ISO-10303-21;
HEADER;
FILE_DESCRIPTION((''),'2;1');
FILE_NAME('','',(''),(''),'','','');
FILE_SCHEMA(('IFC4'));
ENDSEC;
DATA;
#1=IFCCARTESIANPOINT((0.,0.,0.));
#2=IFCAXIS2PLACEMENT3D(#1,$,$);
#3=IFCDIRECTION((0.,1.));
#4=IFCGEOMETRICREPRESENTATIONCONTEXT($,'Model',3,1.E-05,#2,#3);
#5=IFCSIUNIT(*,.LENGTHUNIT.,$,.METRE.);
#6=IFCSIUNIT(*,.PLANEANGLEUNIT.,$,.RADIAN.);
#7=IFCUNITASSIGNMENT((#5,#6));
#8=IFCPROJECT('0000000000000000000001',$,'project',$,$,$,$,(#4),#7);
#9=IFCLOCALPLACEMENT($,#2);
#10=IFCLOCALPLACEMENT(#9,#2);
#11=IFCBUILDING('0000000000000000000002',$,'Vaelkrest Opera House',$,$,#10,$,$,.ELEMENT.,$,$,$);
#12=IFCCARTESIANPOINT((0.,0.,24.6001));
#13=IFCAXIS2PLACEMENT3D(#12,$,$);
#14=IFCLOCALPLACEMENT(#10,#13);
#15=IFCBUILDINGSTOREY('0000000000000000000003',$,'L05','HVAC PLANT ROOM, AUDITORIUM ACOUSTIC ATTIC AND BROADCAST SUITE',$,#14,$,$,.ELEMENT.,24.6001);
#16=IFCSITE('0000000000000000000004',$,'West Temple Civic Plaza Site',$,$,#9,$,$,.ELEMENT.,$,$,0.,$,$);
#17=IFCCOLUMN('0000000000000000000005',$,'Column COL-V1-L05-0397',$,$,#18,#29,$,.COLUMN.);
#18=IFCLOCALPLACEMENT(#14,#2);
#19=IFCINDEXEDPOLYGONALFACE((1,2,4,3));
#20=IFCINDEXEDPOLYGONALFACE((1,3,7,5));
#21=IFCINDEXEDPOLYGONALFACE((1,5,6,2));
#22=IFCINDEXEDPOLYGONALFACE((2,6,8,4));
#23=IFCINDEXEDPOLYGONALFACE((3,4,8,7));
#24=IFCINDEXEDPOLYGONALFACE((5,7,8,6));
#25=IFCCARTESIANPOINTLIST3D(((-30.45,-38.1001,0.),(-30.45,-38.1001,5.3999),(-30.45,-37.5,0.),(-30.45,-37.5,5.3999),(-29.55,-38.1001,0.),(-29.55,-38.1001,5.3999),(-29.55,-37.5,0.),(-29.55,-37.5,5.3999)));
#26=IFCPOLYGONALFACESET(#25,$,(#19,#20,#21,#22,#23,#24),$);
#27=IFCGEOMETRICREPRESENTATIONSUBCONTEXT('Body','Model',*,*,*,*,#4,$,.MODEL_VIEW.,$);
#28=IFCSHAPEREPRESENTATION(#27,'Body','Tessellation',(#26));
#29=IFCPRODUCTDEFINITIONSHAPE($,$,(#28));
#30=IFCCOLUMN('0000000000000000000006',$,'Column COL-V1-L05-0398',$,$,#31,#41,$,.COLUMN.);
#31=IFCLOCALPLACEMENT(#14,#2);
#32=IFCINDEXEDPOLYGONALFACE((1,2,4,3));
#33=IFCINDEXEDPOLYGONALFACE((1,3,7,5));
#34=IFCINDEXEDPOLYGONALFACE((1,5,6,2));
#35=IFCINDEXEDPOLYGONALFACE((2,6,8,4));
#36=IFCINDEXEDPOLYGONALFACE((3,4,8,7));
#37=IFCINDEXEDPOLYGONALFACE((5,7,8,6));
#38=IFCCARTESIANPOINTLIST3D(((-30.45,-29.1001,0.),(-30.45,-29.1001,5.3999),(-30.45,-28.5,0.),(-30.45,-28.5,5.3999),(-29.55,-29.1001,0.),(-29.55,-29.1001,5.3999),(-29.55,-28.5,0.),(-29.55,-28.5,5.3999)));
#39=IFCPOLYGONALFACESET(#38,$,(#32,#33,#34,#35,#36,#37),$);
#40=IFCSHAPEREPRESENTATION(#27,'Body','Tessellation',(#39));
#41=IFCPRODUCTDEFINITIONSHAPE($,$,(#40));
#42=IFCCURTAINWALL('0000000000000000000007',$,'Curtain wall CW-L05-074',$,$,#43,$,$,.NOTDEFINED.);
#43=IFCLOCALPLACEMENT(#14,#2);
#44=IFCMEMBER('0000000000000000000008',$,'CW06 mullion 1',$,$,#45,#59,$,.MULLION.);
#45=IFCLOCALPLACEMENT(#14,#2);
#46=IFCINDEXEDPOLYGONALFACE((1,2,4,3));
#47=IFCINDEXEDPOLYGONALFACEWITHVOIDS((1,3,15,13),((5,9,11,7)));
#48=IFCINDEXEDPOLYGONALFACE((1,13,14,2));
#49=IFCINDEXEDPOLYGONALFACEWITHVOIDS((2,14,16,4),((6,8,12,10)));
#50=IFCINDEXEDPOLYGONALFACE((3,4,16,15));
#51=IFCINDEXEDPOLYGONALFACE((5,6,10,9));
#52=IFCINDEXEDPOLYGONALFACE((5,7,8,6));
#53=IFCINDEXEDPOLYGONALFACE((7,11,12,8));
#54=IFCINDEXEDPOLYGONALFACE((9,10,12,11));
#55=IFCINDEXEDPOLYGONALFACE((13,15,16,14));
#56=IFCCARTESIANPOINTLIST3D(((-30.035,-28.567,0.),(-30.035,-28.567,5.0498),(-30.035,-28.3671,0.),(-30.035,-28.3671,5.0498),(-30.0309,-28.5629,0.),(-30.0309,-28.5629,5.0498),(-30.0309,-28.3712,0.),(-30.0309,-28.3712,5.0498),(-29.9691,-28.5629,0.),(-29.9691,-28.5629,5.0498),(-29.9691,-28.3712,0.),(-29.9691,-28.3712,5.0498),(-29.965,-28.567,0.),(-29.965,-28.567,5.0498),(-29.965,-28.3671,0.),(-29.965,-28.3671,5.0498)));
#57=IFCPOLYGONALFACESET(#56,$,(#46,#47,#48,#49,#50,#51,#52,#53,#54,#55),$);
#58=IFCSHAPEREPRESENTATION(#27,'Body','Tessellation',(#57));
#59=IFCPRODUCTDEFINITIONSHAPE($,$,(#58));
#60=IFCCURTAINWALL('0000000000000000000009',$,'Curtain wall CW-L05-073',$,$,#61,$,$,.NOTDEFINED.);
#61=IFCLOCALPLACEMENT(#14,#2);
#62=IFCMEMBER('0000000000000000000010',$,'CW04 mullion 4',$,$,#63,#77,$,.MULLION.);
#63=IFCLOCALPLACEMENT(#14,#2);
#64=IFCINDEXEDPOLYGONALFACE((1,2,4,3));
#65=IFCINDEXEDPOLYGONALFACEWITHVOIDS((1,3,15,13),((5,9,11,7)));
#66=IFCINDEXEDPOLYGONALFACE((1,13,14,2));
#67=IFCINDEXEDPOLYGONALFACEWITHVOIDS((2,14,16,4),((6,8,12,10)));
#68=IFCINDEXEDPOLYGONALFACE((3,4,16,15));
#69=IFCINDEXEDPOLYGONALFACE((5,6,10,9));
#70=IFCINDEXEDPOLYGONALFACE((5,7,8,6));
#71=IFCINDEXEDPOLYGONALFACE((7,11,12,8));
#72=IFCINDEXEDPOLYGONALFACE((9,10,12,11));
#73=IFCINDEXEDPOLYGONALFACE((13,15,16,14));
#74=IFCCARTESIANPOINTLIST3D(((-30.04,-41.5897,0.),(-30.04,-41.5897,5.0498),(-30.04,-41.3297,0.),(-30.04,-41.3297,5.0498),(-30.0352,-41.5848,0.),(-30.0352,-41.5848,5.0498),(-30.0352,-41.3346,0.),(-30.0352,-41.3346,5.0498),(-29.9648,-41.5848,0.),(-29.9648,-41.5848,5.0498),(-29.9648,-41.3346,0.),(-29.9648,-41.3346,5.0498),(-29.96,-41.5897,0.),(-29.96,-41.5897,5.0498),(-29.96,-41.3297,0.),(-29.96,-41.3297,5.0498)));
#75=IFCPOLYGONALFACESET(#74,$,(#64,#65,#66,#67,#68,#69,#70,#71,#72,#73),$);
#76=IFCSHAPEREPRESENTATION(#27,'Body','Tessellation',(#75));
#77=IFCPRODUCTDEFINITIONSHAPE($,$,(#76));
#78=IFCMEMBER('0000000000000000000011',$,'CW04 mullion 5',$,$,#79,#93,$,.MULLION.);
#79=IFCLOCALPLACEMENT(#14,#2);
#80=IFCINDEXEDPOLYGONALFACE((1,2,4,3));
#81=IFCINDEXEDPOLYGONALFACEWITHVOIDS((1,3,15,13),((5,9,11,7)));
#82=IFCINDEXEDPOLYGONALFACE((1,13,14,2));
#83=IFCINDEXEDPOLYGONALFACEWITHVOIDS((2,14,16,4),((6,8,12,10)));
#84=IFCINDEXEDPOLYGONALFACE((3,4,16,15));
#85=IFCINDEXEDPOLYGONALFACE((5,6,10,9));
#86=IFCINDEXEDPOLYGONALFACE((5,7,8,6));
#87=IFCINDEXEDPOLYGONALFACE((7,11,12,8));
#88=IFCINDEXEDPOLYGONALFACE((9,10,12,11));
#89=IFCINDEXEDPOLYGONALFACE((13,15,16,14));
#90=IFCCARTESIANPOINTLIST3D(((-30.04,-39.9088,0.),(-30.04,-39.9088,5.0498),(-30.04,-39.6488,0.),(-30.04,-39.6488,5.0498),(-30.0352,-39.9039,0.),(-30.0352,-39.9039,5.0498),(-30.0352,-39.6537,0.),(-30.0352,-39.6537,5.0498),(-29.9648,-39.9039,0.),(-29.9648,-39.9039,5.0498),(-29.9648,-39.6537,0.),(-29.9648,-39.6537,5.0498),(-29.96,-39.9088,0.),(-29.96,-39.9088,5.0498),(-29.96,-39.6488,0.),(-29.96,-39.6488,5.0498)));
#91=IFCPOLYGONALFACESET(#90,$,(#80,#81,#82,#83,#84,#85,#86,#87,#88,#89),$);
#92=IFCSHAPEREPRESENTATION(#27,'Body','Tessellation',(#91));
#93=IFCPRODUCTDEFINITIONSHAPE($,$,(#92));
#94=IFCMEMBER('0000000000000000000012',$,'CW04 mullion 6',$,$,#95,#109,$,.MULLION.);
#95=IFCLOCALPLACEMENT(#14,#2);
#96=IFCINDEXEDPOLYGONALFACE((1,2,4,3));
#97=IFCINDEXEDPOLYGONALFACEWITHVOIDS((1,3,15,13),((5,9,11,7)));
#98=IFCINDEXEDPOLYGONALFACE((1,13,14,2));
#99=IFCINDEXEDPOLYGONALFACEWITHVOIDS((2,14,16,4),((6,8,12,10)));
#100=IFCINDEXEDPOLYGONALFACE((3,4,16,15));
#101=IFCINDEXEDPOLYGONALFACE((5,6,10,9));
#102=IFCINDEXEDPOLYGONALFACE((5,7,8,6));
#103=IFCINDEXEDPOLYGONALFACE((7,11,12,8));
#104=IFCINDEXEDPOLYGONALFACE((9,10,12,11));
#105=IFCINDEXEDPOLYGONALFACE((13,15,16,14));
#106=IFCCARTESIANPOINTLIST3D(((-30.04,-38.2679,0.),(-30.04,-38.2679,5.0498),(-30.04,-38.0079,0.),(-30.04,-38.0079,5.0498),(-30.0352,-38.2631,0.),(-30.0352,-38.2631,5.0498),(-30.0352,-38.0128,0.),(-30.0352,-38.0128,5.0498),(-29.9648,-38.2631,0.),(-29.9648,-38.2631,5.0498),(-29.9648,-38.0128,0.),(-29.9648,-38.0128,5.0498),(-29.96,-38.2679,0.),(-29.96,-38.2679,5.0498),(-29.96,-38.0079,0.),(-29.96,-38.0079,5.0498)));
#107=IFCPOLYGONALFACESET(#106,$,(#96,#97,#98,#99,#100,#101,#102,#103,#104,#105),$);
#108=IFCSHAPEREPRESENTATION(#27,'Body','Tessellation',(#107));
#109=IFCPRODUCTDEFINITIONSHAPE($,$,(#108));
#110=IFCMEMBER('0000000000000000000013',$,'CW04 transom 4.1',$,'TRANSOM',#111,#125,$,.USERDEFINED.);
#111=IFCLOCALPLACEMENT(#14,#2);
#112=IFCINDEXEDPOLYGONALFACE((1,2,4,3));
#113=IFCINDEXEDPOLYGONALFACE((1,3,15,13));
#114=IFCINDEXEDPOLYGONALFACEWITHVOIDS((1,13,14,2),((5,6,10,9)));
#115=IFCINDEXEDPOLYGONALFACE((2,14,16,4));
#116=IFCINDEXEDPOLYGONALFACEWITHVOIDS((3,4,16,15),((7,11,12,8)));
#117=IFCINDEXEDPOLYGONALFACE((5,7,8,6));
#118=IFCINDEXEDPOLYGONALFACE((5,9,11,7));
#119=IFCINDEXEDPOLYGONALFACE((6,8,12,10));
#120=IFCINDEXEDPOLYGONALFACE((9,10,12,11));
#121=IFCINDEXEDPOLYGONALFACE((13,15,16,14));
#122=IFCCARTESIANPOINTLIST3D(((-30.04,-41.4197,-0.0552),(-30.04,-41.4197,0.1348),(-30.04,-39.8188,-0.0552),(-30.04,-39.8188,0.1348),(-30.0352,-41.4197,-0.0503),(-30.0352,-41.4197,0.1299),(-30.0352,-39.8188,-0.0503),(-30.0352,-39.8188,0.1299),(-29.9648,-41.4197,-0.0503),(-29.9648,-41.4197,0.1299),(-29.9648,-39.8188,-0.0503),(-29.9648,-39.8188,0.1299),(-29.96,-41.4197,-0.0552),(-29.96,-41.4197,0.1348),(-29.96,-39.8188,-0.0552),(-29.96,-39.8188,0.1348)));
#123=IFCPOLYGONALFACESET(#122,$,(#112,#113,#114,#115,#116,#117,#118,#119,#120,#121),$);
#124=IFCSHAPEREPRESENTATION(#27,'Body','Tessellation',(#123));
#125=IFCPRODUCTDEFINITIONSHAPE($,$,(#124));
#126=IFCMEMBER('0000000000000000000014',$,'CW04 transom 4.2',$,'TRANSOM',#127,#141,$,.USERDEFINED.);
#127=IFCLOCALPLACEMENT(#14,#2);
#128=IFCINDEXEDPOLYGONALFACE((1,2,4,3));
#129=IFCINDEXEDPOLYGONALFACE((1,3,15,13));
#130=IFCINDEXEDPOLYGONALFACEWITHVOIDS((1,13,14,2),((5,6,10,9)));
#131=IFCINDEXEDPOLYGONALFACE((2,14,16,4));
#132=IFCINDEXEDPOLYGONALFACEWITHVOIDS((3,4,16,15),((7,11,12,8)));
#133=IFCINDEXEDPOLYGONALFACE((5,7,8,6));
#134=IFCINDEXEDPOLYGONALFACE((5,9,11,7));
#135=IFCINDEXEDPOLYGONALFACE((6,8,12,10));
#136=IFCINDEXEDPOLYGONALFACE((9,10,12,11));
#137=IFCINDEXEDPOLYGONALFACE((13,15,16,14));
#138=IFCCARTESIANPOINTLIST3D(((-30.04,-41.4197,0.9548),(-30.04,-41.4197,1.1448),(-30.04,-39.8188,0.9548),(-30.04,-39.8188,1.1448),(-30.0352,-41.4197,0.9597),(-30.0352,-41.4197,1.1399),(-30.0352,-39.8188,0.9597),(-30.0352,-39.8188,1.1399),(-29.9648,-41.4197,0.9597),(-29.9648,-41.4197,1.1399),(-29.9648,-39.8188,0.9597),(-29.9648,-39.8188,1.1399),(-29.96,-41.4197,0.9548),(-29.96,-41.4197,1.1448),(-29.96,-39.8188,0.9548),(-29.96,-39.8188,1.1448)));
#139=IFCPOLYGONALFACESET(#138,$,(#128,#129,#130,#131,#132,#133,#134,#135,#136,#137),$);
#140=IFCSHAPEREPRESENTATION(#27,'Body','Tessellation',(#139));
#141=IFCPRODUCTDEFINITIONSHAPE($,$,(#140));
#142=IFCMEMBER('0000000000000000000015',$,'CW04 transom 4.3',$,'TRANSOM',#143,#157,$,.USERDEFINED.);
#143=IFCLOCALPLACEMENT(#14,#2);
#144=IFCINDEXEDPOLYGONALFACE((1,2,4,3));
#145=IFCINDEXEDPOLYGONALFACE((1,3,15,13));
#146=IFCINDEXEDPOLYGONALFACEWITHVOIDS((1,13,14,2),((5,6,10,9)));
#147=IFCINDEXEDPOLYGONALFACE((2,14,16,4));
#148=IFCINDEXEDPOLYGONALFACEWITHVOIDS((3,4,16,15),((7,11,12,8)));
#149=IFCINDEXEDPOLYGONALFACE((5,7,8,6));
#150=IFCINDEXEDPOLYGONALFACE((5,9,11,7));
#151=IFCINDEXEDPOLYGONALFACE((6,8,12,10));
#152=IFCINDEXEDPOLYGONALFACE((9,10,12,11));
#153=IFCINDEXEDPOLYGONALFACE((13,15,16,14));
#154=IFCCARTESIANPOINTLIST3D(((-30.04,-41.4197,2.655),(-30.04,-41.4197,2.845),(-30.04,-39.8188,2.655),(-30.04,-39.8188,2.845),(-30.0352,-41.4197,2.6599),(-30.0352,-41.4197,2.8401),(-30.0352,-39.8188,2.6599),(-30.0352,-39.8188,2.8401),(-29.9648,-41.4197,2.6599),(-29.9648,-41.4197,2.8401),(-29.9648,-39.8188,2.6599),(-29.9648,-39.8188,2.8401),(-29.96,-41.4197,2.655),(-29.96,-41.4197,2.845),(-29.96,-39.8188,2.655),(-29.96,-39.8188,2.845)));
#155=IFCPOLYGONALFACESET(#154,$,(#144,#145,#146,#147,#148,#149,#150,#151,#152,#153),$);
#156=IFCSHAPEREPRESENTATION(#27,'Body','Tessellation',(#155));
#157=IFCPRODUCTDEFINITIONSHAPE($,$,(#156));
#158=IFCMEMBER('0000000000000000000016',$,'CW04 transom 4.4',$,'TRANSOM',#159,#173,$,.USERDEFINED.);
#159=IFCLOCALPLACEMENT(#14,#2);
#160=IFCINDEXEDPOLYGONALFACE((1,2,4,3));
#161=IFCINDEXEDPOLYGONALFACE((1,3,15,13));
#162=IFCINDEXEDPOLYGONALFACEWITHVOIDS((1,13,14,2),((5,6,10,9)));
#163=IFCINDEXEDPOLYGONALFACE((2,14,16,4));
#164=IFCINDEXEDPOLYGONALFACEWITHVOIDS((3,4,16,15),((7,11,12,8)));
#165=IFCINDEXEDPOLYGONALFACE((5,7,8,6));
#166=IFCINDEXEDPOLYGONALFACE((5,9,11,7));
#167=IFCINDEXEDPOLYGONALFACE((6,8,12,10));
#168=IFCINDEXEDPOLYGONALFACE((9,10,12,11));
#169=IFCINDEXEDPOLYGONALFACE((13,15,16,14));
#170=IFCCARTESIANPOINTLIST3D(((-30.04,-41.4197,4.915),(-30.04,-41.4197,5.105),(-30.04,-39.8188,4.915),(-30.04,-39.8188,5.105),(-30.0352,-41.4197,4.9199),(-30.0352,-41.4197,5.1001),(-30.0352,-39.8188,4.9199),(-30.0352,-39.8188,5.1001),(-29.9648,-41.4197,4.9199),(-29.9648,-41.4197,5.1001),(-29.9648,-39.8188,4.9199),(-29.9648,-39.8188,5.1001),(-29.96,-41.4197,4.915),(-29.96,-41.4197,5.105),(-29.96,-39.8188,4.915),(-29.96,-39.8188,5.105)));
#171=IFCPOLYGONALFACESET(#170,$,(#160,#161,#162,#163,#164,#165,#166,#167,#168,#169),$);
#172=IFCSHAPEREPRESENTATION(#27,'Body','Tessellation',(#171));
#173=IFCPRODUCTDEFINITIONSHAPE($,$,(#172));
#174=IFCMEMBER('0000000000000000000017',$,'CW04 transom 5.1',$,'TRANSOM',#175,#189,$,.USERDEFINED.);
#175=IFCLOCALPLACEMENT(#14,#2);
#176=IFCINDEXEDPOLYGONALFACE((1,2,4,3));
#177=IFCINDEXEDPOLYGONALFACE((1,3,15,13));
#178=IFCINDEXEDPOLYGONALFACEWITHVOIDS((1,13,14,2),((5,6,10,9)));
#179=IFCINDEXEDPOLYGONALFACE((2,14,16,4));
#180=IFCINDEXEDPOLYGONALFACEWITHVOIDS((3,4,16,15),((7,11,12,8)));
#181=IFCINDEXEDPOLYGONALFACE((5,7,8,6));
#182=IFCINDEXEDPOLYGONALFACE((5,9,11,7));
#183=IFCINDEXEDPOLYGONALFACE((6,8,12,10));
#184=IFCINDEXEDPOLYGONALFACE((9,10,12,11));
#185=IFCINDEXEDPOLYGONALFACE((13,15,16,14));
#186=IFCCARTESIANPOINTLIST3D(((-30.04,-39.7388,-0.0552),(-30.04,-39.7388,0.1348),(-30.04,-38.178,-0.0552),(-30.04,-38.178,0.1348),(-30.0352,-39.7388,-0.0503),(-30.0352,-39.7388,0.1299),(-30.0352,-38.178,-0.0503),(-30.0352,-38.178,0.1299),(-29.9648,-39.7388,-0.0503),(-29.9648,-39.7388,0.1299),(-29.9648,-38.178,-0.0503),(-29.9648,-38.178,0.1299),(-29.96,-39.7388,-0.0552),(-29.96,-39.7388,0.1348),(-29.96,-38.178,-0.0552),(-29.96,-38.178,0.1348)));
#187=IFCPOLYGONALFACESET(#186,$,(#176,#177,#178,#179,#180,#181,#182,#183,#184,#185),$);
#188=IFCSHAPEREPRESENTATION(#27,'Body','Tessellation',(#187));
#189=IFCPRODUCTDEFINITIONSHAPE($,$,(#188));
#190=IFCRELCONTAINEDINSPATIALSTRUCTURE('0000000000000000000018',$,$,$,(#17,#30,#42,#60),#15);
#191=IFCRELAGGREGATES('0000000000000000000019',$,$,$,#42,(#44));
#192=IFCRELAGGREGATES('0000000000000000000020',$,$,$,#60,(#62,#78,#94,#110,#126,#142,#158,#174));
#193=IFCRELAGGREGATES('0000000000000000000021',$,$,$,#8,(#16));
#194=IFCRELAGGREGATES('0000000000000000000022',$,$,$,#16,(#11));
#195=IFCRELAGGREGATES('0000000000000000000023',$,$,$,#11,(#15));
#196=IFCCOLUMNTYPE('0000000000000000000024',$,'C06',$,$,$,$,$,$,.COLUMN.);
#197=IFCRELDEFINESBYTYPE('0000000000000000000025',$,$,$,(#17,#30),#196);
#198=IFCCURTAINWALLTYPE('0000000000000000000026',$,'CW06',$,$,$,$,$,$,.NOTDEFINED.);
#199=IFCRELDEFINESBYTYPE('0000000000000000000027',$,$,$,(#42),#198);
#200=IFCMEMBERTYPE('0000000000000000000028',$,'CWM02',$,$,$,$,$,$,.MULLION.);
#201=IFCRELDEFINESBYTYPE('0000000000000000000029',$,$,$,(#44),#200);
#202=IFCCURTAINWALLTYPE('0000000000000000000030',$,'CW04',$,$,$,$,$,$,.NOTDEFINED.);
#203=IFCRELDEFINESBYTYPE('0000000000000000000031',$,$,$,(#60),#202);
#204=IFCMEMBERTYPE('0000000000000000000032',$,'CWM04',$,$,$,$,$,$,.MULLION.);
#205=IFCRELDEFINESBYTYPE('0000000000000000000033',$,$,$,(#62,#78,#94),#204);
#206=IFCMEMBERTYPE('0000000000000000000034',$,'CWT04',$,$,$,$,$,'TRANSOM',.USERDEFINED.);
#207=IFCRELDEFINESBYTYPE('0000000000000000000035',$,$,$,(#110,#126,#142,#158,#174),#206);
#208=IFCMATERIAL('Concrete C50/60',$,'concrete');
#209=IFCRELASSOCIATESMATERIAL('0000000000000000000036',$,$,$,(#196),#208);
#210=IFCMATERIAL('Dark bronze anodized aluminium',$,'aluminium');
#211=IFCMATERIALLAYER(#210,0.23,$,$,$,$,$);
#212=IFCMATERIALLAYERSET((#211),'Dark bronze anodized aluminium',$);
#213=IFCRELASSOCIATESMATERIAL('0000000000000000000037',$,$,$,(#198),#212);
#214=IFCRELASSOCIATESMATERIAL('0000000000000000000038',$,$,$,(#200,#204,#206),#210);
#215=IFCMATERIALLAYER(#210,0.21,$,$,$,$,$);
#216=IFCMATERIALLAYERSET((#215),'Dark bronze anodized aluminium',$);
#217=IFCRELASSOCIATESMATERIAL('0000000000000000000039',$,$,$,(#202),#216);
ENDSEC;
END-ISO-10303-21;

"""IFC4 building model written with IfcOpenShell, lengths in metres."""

from ifc_helpers import new_model, si_unit, direction, frame, origin, origin_2d, place, context, subcontext, project, spatial, rectangle, hollow_rectangle, extrude, material, layer, layer_set, material_profile, profile_set, type_object, element, aggregate, save


model = new_model("IFC4")

# Units and contexts
model_context = context("Model", 3, precision=1e-05, world=origin(), true_north=direction((0.0, 1.0)))
body_context = subcontext(model_context, "Body", "Model", "MODEL_VIEW")
ifc_project = project(units=[si_unit("LENGTHUNIT", "METRE"), si_unit("PLANEANGLEUNIT", "RADIAN")], contexts=[model_context])

# Site, building, storey
site_placement = place(None, origin())
site = spatial("IfcSite", under=ifc_project, at=site_placement, Name="West Temple Civic Plaza Site", CompositionType="ELEMENT", RefElevation=0.0)
building_placement = place(site_placement, origin())
building = spatial("IfcBuilding", under=site, at=building_placement, Name="Vaelkrest Opera House", CompositionType="ELEMENT")
storey_placement = place(building_placement, frame((0.0, 0.0, 24.6001)))
storey = spatial("IfcBuildingStorey", under=building, at=storey_placement, Name="L05", Description="HVAC PLANT ROOM, AUDITORIUM ACOUSTIC ATTIC AND BROADCAST SUITE", CompositionType="ELEMENT", Elevation=24.6001)

# Columns
ifc_material_1 = material(Name="Concrete C50/60", Category="concrete")
ifc_material_profile_1 = material_profile(ifc_material_1, rectangle(XDim=0.6001, YDim=0.8999, at=origin_2d()), Name="RC600X900")
ifc_profile_set_1 = profile_set([ifc_material_profile_1], Name="Concrete C50/60")
column_type = type_object("IfcColumnType", Name="C06", PredefinedType="COLUMN", material=ifc_profile_set_1)
for number, where, z_axis, x_axis, name in (
    (1, (-30.0, -37.8, 0.0), (0.0, 0.0, 1.0), (0.0, 1.0, 0.0), "Column COL-V1-L05-0397"),
    (2, (-30.0, -28.8, 0.0), (0.0, 0.0, 1.0), (0.0, 1.0, 0.0), "Column COL-V1-L05-0398"),
):
    element("IfcColumn", number, at=place(storey_placement, frame(where, z_axis=z_axis, x_axis=x_axis)), inside=storey, type_object=column_type, Name=name, PredefinedType="COLUMN", context=body_context, shape_type="SweptSolid", body=[
        extrude(rectangle(XDim=0.6001, YDim=0.8999, at=origin_2d()), origin(), (0.0, 0.0, 1.0), 5.3999),
    ])

# Curtain wall, member
ifc_material_2 = material(Name="Dark bronze anodized aluminium", Category="aluminium")
ifc_layer_1 = layer(ifc_material_2, 0.23)
ifc_layer_set_1 = layer_set([ifc_layer_1], Name="Dark bronze anodized aluminium")
curtain_wall_type_1 = type_object("IfcCurtainWallType", Name="CW06", PredefinedType="NOTDEFINED", material=ifc_layer_set_1)
curtain_wall_1_placement = place(storey_placement, origin())
curtain_wall_1 = element("IfcCurtainWall", 3, at=curtain_wall_1_placement, inside=storey, type_object=curtain_wall_type_1, Name="Curtain wall CW-L05-074", PredefinedType="NOTDEFINED")
ifc_material_profile_2 = material_profile(ifc_material_2, hollow_rectangle(XDim=0.0701, YDim=0.2, WallThickness=0.0042, at=origin_2d()), Name="CWM70X200")
ifc_profile_set_2 = profile_set([ifc_material_profile_2], Name="Dark bronze anodized aluminium")
member_type_1 = type_object("IfcMemberType", Name="CWM02", PredefinedType="MULLION", material=ifc_profile_set_2)
member_1_placement = place(storey_placement, frame((-30.0, -28.467, 0.0), z_axis=(0.0, 0.0, 1.0), x_axis=(-1.0, 0.0, 0.0)))
member_1 = element("IfcMember", 4, at=member_1_placement, type_object=member_type_1, Name="CW06 mullion 1", PredefinedType="MULLION", context=body_context, shape_type="SweptSolid", body=[
    extrude(hollow_rectangle(XDim=0.0701, YDim=0.2, WallThickness=0.0042, at=origin_2d()), origin(), (0.0, 0.0, 1.0), 5.0498),
])

# Curtain wall, members
ifc_layer_2 = layer(ifc_material_2, 0.21)
ifc_layer_set_2 = layer_set([ifc_layer_2], Name="Dark bronze anodized aluminium")
curtain_wall_type_2 = type_object("IfcCurtainWallType", Name="CW04", PredefinedType="NOTDEFINED", material=ifc_layer_set_2)
curtain_wall_2_placement = place(storey_placement, origin())
curtain_wall_2 = element("IfcCurtainWall", 5, at=curtain_wall_2_placement, inside=storey, type_object=curtain_wall_type_2, Name="Curtain wall CW-L05-073", PredefinedType="NOTDEFINED")
ifc_material_profile_3 = material_profile(ifc_material_2, hollow_rectangle(XDim=0.0801, YDim=0.26, WallThickness=0.0049, at=origin_2d()), Name="CWM80X260")
ifc_profile_set_3 = profile_set([ifc_material_profile_3], Name="Dark bronze anodized aluminium")
member_type_2 = type_object("IfcMemberType", Name="CWM04", PredefinedType="MULLION", material=ifc_profile_set_3)
member_2_placement = place(storey_placement, frame((-30.0, -41.4597, 0.0), z_axis=(0.0, 0.0, 1.0), x_axis=(-1.0, 0.0, 0.0)))
member_2 = element("IfcMember", 6, at=member_2_placement, type_object=member_type_2, Name="CW04 mullion 4", PredefinedType="MULLION", context=body_context, shape_type="SweptSolid", body=[
    extrude(hollow_rectangle(XDim=0.0801, YDim=0.26, WallThickness=0.0049, at=origin_2d()), origin(), (0.0, 0.0, 1.0), 5.0498),
])
member_3_placement = place(storey_placement, frame((-30.0, -39.7788, 0.0), z_axis=(0.0, 0.0, 1.0), x_axis=(-1.0, 0.0, 0.0)))
member_3 = element("IfcMember", 7, at=member_3_placement, type_object=member_type_2, Name="CW04 mullion 5", PredefinedType="MULLION", context=body_context, shape_type="SweptSolid", body=[
    extrude(hollow_rectangle(XDim=0.0801, YDim=0.26, WallThickness=0.0049, at=origin_2d()), origin(), (0.0, 0.0, 1.0), 5.0498),
])
member_4_placement = place(storey_placement, frame((-30.0, -38.1379, 0.0), z_axis=(0.0, 0.0, 1.0), x_axis=(-1.0, 0.0, 0.0)))
member_4 = element("IfcMember", 8, at=member_4_placement, type_object=member_type_2, Name="CW04 mullion 6", PredefinedType="MULLION", context=body_context, shape_type="SweptSolid", body=[
    extrude(hollow_rectangle(XDim=0.0801, YDim=0.26, WallThickness=0.0049, at=origin_2d()), origin(), (0.0, 0.0, 1.0), 5.0498),
])
ifc_material_profile_4 = material_profile(ifc_material_2, hollow_rectangle(XDim=0.0801, YDim=0.1899, WallThickness=0.0049, at=origin_2d()), Name="CWT80X190")
ifc_profile_set_4 = profile_set([ifc_material_profile_4], Name="Dark bronze anodized aluminium")
member_type_3 = type_object("IfcMemberType", Name="CWT04", ElementType="TRANSOM", PredefinedType="USERDEFINED", material=ifc_profile_set_4)
member_5_placement = place(storey_placement, frame((-30.0, -41.4197, 0.0398), z_axis=(0.0, 1.0, 0.0), x_axis=(-1.0, 0.0, 0.0)))
member_5 = element("IfcMember", 9, at=member_5_placement, type_object=member_type_3, Name="CW04 transom 4.1", ObjectType="TRANSOM", PredefinedType="USERDEFINED", context=body_context, shape_type="SweptSolid", body=[
    extrude(hollow_rectangle(XDim=0.0801, YDim=0.1899, WallThickness=0.0049, at=origin_2d()), origin(), (0.0, 0.0, 1.0), 1.6008),
])
member_6_placement = place(storey_placement, frame((-30.0, -41.4197, 1.0498), z_axis=(0.0, 1.0, 0.0), x_axis=(-1.0, 0.0, 0.0)))
member_6 = element("IfcMember", 10, at=member_6_placement, type_object=member_type_3, Name="CW04 transom 4.2", ObjectType="TRANSOM", PredefinedType="USERDEFINED", context=body_context, shape_type="SweptSolid", body=[
    extrude(hollow_rectangle(XDim=0.0801, YDim=0.1899, WallThickness=0.0049, at=origin_2d()), origin(), (0.0, 0.0, 1.0), 1.6008),
])
member_7_placement = place(storey_placement, frame((-30.0, -41.4197, 2.75), z_axis=(0.0, 1.0, 0.0), x_axis=(-1.0, 0.0, 0.0)))
member_7 = element("IfcMember", 11, at=member_7_placement, type_object=member_type_3, Name="CW04 transom 4.3", ObjectType="TRANSOM", PredefinedType="USERDEFINED", context=body_context, shape_type="SweptSolid", body=[
    extrude(hollow_rectangle(XDim=0.0801, YDim=0.1899, WallThickness=0.0049, at=origin_2d()), origin(), (0.0, 0.0, 1.0), 1.6008),
])
member_8_placement = place(storey_placement, frame((-30.0, -41.4197, 5.01), z_axis=(0.0, 1.0, 0.0), x_axis=(-1.0, 0.0, 0.0)))
member_8 = element("IfcMember", 12, at=member_8_placement, type_object=member_type_3, Name="CW04 transom 4.4", ObjectType="TRANSOM", PredefinedType="USERDEFINED", context=body_context, shape_type="SweptSolid", body=[
    extrude(hollow_rectangle(XDim=0.0801, YDim=0.1899, WallThickness=0.0049, at=origin_2d()), origin(), (0.0, 0.0, 1.0), 1.6008),
])
member_9_placement = place(storey_placement, frame((-30.0, -39.7388, 0.0398), z_axis=(0.0, 1.0, 0.0), x_axis=(-1.0, 0.0, 0.0)))
member_9 = element("IfcMember", 13, at=member_9_placement, type_object=member_type_3, Name="CW04 transom 5.1", ObjectType="TRANSOM", PredefinedType="USERDEFINED", context=body_context, shape_type="SweptSolid", body=[
    extrude(hollow_rectangle(XDim=0.0801, YDim=0.1899, WallThickness=0.0049, at=origin_2d()), origin(), (0.0, 0.0, 1.0), 1.5608),
])

aggregate(curtain_wall_1, [member_1])

aggregate(curtain_wall_2, [member_2, member_3, member_4, member_5, member_6, member_7, member_8, member_9])

save(model, "model.ifc")
